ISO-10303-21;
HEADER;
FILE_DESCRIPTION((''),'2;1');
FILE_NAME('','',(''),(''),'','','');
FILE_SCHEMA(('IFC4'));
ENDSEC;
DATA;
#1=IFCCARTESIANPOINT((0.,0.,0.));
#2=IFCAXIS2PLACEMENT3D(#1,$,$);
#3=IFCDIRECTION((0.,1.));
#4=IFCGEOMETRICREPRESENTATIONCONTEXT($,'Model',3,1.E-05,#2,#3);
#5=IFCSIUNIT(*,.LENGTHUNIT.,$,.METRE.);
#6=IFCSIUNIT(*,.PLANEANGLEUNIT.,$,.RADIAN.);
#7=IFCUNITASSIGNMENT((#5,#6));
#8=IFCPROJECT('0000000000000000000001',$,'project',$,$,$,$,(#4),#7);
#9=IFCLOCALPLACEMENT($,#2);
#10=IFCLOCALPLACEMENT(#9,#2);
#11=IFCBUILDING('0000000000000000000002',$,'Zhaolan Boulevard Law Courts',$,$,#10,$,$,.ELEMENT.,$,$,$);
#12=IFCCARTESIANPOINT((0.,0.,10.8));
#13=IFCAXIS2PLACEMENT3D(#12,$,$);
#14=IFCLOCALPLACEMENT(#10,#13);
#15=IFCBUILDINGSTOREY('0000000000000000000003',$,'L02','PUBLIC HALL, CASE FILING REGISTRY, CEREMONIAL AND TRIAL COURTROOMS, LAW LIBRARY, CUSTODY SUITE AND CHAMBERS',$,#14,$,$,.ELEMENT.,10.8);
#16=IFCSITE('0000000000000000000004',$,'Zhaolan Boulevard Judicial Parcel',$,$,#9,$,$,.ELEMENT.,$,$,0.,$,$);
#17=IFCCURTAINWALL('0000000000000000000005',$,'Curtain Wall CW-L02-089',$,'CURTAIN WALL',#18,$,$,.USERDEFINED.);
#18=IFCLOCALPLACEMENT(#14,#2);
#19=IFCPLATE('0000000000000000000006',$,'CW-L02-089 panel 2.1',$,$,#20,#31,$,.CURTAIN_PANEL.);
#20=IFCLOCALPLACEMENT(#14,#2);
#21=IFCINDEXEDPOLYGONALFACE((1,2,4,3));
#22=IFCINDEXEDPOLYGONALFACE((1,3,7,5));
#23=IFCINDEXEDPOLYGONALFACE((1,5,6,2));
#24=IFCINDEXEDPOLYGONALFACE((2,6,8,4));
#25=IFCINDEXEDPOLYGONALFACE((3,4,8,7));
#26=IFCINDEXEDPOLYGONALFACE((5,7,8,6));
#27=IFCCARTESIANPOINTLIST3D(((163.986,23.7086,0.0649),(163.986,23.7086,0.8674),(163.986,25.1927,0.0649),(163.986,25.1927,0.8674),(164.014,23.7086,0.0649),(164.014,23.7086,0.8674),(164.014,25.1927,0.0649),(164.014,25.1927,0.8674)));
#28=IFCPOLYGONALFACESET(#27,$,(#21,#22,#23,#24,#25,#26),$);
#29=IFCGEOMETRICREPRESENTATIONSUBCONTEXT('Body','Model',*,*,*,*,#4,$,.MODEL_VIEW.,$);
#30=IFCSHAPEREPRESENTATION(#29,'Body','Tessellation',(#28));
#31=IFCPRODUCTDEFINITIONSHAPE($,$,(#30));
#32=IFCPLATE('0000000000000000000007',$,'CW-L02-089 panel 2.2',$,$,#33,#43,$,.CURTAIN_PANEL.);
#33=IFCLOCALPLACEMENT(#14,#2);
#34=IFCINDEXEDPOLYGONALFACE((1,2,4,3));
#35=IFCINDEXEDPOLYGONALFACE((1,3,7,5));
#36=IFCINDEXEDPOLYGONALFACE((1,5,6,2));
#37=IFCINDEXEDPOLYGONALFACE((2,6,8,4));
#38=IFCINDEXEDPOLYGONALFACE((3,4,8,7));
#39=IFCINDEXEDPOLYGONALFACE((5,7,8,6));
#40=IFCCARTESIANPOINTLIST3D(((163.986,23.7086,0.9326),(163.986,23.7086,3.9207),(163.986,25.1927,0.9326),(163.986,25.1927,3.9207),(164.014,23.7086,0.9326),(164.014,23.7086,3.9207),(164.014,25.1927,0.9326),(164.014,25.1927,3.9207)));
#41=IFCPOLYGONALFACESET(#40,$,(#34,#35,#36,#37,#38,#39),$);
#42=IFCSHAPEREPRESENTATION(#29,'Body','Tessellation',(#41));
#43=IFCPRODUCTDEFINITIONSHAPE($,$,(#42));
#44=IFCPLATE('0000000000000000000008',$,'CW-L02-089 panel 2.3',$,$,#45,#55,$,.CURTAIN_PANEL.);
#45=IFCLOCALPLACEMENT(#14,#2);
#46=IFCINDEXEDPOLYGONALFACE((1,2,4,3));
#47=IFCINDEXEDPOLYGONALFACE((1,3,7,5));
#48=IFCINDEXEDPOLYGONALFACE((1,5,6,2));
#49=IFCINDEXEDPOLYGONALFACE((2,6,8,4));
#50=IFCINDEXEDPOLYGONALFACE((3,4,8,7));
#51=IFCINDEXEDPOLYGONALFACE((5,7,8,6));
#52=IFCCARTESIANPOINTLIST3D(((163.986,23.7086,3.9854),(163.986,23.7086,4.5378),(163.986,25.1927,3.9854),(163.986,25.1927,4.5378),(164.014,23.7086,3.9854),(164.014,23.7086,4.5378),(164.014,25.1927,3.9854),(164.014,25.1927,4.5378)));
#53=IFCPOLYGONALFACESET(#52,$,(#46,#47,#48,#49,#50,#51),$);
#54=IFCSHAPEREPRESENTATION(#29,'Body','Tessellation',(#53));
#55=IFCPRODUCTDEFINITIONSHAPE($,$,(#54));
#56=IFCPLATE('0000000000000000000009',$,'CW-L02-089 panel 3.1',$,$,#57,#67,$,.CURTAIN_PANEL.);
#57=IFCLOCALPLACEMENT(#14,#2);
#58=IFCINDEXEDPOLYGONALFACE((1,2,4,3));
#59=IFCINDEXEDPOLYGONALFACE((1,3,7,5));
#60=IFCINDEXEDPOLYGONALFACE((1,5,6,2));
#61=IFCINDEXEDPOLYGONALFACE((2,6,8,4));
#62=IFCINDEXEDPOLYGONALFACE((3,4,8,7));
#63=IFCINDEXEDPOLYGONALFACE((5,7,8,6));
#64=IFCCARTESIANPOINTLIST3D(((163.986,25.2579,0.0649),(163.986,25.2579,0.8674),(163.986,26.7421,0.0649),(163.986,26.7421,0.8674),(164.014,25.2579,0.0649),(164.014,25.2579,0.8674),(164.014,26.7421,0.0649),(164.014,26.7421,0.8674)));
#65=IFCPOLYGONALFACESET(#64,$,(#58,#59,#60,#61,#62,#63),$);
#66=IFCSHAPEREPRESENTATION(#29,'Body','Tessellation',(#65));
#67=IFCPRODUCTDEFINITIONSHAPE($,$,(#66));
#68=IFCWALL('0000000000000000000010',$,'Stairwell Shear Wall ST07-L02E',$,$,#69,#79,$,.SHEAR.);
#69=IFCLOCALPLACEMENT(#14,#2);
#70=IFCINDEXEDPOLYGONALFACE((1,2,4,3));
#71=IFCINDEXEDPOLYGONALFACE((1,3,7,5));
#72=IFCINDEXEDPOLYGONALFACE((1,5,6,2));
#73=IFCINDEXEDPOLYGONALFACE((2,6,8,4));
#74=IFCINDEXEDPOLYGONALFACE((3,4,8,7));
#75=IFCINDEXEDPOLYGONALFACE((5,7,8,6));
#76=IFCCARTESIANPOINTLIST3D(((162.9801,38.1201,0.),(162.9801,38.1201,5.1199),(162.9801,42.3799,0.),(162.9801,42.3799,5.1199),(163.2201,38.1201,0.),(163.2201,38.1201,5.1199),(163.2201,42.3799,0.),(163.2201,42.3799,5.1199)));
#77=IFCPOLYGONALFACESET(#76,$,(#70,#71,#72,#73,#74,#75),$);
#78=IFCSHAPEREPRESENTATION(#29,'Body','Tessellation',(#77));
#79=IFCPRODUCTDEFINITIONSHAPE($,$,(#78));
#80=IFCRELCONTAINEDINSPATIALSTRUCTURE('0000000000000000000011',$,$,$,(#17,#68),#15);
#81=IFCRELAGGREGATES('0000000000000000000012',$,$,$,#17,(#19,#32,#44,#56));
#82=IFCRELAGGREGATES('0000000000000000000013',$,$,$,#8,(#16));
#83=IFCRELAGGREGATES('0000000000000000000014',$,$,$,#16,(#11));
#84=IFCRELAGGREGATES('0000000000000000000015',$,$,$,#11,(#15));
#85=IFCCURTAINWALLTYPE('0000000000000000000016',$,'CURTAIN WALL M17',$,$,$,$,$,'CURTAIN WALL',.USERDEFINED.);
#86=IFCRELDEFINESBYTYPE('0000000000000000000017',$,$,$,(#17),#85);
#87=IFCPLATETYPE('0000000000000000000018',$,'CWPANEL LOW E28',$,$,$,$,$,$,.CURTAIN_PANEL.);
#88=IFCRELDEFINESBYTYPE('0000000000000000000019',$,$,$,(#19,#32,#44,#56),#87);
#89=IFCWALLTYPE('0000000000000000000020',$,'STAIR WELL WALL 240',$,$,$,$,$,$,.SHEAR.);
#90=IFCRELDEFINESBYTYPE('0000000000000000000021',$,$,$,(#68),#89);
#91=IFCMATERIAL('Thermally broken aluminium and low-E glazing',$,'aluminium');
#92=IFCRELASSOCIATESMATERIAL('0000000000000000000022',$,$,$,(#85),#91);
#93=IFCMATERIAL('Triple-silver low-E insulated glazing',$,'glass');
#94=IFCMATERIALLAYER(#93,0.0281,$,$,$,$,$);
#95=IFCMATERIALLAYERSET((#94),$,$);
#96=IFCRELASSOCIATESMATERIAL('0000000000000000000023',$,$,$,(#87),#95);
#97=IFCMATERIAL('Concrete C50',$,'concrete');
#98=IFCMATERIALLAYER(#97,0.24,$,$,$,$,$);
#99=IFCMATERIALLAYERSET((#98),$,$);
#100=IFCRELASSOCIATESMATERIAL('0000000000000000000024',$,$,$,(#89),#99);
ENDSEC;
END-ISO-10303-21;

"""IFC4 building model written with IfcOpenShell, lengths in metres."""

from ifc_helpers import new_model, si_unit, direction, frame, frame_2d, origin, origin_2d, place, context, subcontext, project, spatial, rectangle, extrude, material, layer, layer_set, type_object, element, aggregate, save


model = new_model("IFC4")

# Units and contexts
model_context = context("Model", 3, precision=1e-05, world=origin(), true_north=direction((0.0, 1.0)))
body_context = subcontext(model_context, "Body", "Model", "MODEL_VIEW")
ifc_project = project(units=[si_unit("LENGTHUNIT", "METRE"), si_unit("PLANEANGLEUNIT", "RADIAN")], contexts=[model_context])

# Site, building, storey
site_placement = place(None, origin())
site = spatial("IfcSite", under=ifc_project, at=site_placement, Name="Zhaolan Boulevard Judicial Parcel", CompositionType="ELEMENT", RefElevation=0.0)
building_placement = place(site_placement, origin())
building = spatial("IfcBuilding", under=site, at=building_placement, Name="Zhaolan Boulevard Law Courts", CompositionType="ELEMENT")
storey_placement = place(building_placement, frame((0.0, 0.0, 10.8)))
storey = spatial("IfcBuildingStorey", under=building, at=storey_placement, Name="L02", Description="PUBLIC HALL, CASE FILING REGISTRY, CEREMONIAL AND TRIAL COURTROOMS, LAW LIBRARY, CUSTODY SUITE AND CHAMBERS", CompositionType="ELEMENT", Elevation=10.8)

# Curtain wall
ifc_material_1 = material(Name="Thermally broken aluminium and low-E glazing", Category="aluminium")
curtain_wall_type = type_object("IfcCurtainWallType", Name="CURTAIN WALL M17", ElementType="CURTAIN WALL", PredefinedType="USERDEFINED", material=ifc_material_1)
curtain_wall_placement = place(storey_placement, origin())
curtain_wall = element("IfcCurtainWall", 1, at=curtain_wall_placement, inside=storey, type_object=curtain_wall_type, Name="Curtain Wall CW-L02-089", ObjectType="CURTAIN WALL", PredefinedType="USERDEFINED")

# Plates
ifc_material_2 = material(Name="Triple-silver low-E insulated glazing", Category="glass")
ifc_layer_1 = layer(ifc_material_2, 0.0281)
ifc_layer_set_1 = layer_set([ifc_layer_1])
plate_type = type_object("IfcPlateType", Name="CWPANEL LOW E28", PredefinedType="CURTAIN_PANEL", material=ifc_layer_set_1)
plate_1_placement = place(storey_placement, frame((164.0, 24.4507, 0.0649), z_axis=(0.0, 0.0, 1.0), x_axis=(0.0, 1.0, 0.0)))
plate_1 = element("IfcPlate", 2, at=plate_1_placement, type_object=plate_type, Name="CW-L02-089 panel 2.1", PredefinedType="CURTAIN_PANEL", context=body_context, shape_type="SweptSolid", body=[
    extrude(rectangle(XDim=1.4841, YDim=0.0281, at=origin_2d()), origin(), (0.0, 0.0, 1.0), 0.8025),
])
plate_2_placement = place(storey_placement, frame((164.0, 24.4507, 0.9326), z_axis=(0.0, 0.0, 1.0), x_axis=(0.0, 1.0, 0.0)))
plate_2 = element("IfcPlate", 3, at=plate_2_placement, type_object=plate_type, Name="CW-L02-089 panel 2.2", PredefinedType="CURTAIN_PANEL", context=body_context, shape_type="SweptSolid", body=[
    extrude(rectangle(XDim=1.4841, YDim=0.0281, at=origin_2d()), origin(), (0.0, 0.0, 1.0), 2.988),
])
plate_3_placement = place(storey_placement, frame((164.0, 24.4507, 3.9854), z_axis=(0.0, 0.0, 1.0), x_axis=(0.0, 1.0, 0.0)))
plate_3 = element("IfcPlate", 4, at=plate_3_placement, type_object=plate_type, Name="CW-L02-089 panel 2.3", PredefinedType="CURTAIN_PANEL", context=body_context, shape_type="SweptSolid", body=[
    extrude(rectangle(XDim=1.4841, YDim=0.0281, at=origin_2d()), origin(), (0.0, 0.0, 1.0), 0.5525),
])
plate_4_placement = place(storey_placement, frame((164.0, 26.0, 0.0649), z_axis=(0.0, 0.0, 1.0), x_axis=(0.0, 1.0, 0.0)))
plate_4 = element("IfcPlate", 5, at=plate_4_placement, type_object=plate_type, Name="CW-L02-089 panel 3.1", PredefinedType="CURTAIN_PANEL", context=body_context, shape_type="SweptSolid", body=[
    extrude(rectangle(XDim=1.4841, YDim=0.0281, at=origin_2d()), origin(), (0.0, 0.0, 1.0), 0.8025),
])
aggregate(curtain_wall, [plate_1, plate_2, plate_3, plate_4])

# Wall
ifc_material_3 = material(Name="Concrete C50", Category="concrete")
ifc_layer_2 = layer(ifc_material_3, 0.24)
ifc_layer_set_2 = layer_set([ifc_layer_2])
wall_type = type_object("IfcWallType", Name="STAIR WELL WALL 240", PredefinedType="SHEAR", material=ifc_layer_set_2)
wall_placement = place(storey_placement, frame((163.1001, 38.1201, 0.0), z_axis=(0.0, 0.0, 1.0), x_axis=(0.0, 1.0, 0.0)))
element("IfcWall", 6, at=wall_placement, inside=storey, type_object=wall_type, Name="Stairwell Shear Wall ST07-L02E", PredefinedType="SHEAR", context=body_context, shape_type="SweptSolid", body=[
    extrude(rectangle(XDim=4.2598, YDim=0.24, at=frame_2d((2.1299, 0.0))), origin(), (0.0, 0.0, 1.0), 5.1199),
])

save(model, "model.ifc")
